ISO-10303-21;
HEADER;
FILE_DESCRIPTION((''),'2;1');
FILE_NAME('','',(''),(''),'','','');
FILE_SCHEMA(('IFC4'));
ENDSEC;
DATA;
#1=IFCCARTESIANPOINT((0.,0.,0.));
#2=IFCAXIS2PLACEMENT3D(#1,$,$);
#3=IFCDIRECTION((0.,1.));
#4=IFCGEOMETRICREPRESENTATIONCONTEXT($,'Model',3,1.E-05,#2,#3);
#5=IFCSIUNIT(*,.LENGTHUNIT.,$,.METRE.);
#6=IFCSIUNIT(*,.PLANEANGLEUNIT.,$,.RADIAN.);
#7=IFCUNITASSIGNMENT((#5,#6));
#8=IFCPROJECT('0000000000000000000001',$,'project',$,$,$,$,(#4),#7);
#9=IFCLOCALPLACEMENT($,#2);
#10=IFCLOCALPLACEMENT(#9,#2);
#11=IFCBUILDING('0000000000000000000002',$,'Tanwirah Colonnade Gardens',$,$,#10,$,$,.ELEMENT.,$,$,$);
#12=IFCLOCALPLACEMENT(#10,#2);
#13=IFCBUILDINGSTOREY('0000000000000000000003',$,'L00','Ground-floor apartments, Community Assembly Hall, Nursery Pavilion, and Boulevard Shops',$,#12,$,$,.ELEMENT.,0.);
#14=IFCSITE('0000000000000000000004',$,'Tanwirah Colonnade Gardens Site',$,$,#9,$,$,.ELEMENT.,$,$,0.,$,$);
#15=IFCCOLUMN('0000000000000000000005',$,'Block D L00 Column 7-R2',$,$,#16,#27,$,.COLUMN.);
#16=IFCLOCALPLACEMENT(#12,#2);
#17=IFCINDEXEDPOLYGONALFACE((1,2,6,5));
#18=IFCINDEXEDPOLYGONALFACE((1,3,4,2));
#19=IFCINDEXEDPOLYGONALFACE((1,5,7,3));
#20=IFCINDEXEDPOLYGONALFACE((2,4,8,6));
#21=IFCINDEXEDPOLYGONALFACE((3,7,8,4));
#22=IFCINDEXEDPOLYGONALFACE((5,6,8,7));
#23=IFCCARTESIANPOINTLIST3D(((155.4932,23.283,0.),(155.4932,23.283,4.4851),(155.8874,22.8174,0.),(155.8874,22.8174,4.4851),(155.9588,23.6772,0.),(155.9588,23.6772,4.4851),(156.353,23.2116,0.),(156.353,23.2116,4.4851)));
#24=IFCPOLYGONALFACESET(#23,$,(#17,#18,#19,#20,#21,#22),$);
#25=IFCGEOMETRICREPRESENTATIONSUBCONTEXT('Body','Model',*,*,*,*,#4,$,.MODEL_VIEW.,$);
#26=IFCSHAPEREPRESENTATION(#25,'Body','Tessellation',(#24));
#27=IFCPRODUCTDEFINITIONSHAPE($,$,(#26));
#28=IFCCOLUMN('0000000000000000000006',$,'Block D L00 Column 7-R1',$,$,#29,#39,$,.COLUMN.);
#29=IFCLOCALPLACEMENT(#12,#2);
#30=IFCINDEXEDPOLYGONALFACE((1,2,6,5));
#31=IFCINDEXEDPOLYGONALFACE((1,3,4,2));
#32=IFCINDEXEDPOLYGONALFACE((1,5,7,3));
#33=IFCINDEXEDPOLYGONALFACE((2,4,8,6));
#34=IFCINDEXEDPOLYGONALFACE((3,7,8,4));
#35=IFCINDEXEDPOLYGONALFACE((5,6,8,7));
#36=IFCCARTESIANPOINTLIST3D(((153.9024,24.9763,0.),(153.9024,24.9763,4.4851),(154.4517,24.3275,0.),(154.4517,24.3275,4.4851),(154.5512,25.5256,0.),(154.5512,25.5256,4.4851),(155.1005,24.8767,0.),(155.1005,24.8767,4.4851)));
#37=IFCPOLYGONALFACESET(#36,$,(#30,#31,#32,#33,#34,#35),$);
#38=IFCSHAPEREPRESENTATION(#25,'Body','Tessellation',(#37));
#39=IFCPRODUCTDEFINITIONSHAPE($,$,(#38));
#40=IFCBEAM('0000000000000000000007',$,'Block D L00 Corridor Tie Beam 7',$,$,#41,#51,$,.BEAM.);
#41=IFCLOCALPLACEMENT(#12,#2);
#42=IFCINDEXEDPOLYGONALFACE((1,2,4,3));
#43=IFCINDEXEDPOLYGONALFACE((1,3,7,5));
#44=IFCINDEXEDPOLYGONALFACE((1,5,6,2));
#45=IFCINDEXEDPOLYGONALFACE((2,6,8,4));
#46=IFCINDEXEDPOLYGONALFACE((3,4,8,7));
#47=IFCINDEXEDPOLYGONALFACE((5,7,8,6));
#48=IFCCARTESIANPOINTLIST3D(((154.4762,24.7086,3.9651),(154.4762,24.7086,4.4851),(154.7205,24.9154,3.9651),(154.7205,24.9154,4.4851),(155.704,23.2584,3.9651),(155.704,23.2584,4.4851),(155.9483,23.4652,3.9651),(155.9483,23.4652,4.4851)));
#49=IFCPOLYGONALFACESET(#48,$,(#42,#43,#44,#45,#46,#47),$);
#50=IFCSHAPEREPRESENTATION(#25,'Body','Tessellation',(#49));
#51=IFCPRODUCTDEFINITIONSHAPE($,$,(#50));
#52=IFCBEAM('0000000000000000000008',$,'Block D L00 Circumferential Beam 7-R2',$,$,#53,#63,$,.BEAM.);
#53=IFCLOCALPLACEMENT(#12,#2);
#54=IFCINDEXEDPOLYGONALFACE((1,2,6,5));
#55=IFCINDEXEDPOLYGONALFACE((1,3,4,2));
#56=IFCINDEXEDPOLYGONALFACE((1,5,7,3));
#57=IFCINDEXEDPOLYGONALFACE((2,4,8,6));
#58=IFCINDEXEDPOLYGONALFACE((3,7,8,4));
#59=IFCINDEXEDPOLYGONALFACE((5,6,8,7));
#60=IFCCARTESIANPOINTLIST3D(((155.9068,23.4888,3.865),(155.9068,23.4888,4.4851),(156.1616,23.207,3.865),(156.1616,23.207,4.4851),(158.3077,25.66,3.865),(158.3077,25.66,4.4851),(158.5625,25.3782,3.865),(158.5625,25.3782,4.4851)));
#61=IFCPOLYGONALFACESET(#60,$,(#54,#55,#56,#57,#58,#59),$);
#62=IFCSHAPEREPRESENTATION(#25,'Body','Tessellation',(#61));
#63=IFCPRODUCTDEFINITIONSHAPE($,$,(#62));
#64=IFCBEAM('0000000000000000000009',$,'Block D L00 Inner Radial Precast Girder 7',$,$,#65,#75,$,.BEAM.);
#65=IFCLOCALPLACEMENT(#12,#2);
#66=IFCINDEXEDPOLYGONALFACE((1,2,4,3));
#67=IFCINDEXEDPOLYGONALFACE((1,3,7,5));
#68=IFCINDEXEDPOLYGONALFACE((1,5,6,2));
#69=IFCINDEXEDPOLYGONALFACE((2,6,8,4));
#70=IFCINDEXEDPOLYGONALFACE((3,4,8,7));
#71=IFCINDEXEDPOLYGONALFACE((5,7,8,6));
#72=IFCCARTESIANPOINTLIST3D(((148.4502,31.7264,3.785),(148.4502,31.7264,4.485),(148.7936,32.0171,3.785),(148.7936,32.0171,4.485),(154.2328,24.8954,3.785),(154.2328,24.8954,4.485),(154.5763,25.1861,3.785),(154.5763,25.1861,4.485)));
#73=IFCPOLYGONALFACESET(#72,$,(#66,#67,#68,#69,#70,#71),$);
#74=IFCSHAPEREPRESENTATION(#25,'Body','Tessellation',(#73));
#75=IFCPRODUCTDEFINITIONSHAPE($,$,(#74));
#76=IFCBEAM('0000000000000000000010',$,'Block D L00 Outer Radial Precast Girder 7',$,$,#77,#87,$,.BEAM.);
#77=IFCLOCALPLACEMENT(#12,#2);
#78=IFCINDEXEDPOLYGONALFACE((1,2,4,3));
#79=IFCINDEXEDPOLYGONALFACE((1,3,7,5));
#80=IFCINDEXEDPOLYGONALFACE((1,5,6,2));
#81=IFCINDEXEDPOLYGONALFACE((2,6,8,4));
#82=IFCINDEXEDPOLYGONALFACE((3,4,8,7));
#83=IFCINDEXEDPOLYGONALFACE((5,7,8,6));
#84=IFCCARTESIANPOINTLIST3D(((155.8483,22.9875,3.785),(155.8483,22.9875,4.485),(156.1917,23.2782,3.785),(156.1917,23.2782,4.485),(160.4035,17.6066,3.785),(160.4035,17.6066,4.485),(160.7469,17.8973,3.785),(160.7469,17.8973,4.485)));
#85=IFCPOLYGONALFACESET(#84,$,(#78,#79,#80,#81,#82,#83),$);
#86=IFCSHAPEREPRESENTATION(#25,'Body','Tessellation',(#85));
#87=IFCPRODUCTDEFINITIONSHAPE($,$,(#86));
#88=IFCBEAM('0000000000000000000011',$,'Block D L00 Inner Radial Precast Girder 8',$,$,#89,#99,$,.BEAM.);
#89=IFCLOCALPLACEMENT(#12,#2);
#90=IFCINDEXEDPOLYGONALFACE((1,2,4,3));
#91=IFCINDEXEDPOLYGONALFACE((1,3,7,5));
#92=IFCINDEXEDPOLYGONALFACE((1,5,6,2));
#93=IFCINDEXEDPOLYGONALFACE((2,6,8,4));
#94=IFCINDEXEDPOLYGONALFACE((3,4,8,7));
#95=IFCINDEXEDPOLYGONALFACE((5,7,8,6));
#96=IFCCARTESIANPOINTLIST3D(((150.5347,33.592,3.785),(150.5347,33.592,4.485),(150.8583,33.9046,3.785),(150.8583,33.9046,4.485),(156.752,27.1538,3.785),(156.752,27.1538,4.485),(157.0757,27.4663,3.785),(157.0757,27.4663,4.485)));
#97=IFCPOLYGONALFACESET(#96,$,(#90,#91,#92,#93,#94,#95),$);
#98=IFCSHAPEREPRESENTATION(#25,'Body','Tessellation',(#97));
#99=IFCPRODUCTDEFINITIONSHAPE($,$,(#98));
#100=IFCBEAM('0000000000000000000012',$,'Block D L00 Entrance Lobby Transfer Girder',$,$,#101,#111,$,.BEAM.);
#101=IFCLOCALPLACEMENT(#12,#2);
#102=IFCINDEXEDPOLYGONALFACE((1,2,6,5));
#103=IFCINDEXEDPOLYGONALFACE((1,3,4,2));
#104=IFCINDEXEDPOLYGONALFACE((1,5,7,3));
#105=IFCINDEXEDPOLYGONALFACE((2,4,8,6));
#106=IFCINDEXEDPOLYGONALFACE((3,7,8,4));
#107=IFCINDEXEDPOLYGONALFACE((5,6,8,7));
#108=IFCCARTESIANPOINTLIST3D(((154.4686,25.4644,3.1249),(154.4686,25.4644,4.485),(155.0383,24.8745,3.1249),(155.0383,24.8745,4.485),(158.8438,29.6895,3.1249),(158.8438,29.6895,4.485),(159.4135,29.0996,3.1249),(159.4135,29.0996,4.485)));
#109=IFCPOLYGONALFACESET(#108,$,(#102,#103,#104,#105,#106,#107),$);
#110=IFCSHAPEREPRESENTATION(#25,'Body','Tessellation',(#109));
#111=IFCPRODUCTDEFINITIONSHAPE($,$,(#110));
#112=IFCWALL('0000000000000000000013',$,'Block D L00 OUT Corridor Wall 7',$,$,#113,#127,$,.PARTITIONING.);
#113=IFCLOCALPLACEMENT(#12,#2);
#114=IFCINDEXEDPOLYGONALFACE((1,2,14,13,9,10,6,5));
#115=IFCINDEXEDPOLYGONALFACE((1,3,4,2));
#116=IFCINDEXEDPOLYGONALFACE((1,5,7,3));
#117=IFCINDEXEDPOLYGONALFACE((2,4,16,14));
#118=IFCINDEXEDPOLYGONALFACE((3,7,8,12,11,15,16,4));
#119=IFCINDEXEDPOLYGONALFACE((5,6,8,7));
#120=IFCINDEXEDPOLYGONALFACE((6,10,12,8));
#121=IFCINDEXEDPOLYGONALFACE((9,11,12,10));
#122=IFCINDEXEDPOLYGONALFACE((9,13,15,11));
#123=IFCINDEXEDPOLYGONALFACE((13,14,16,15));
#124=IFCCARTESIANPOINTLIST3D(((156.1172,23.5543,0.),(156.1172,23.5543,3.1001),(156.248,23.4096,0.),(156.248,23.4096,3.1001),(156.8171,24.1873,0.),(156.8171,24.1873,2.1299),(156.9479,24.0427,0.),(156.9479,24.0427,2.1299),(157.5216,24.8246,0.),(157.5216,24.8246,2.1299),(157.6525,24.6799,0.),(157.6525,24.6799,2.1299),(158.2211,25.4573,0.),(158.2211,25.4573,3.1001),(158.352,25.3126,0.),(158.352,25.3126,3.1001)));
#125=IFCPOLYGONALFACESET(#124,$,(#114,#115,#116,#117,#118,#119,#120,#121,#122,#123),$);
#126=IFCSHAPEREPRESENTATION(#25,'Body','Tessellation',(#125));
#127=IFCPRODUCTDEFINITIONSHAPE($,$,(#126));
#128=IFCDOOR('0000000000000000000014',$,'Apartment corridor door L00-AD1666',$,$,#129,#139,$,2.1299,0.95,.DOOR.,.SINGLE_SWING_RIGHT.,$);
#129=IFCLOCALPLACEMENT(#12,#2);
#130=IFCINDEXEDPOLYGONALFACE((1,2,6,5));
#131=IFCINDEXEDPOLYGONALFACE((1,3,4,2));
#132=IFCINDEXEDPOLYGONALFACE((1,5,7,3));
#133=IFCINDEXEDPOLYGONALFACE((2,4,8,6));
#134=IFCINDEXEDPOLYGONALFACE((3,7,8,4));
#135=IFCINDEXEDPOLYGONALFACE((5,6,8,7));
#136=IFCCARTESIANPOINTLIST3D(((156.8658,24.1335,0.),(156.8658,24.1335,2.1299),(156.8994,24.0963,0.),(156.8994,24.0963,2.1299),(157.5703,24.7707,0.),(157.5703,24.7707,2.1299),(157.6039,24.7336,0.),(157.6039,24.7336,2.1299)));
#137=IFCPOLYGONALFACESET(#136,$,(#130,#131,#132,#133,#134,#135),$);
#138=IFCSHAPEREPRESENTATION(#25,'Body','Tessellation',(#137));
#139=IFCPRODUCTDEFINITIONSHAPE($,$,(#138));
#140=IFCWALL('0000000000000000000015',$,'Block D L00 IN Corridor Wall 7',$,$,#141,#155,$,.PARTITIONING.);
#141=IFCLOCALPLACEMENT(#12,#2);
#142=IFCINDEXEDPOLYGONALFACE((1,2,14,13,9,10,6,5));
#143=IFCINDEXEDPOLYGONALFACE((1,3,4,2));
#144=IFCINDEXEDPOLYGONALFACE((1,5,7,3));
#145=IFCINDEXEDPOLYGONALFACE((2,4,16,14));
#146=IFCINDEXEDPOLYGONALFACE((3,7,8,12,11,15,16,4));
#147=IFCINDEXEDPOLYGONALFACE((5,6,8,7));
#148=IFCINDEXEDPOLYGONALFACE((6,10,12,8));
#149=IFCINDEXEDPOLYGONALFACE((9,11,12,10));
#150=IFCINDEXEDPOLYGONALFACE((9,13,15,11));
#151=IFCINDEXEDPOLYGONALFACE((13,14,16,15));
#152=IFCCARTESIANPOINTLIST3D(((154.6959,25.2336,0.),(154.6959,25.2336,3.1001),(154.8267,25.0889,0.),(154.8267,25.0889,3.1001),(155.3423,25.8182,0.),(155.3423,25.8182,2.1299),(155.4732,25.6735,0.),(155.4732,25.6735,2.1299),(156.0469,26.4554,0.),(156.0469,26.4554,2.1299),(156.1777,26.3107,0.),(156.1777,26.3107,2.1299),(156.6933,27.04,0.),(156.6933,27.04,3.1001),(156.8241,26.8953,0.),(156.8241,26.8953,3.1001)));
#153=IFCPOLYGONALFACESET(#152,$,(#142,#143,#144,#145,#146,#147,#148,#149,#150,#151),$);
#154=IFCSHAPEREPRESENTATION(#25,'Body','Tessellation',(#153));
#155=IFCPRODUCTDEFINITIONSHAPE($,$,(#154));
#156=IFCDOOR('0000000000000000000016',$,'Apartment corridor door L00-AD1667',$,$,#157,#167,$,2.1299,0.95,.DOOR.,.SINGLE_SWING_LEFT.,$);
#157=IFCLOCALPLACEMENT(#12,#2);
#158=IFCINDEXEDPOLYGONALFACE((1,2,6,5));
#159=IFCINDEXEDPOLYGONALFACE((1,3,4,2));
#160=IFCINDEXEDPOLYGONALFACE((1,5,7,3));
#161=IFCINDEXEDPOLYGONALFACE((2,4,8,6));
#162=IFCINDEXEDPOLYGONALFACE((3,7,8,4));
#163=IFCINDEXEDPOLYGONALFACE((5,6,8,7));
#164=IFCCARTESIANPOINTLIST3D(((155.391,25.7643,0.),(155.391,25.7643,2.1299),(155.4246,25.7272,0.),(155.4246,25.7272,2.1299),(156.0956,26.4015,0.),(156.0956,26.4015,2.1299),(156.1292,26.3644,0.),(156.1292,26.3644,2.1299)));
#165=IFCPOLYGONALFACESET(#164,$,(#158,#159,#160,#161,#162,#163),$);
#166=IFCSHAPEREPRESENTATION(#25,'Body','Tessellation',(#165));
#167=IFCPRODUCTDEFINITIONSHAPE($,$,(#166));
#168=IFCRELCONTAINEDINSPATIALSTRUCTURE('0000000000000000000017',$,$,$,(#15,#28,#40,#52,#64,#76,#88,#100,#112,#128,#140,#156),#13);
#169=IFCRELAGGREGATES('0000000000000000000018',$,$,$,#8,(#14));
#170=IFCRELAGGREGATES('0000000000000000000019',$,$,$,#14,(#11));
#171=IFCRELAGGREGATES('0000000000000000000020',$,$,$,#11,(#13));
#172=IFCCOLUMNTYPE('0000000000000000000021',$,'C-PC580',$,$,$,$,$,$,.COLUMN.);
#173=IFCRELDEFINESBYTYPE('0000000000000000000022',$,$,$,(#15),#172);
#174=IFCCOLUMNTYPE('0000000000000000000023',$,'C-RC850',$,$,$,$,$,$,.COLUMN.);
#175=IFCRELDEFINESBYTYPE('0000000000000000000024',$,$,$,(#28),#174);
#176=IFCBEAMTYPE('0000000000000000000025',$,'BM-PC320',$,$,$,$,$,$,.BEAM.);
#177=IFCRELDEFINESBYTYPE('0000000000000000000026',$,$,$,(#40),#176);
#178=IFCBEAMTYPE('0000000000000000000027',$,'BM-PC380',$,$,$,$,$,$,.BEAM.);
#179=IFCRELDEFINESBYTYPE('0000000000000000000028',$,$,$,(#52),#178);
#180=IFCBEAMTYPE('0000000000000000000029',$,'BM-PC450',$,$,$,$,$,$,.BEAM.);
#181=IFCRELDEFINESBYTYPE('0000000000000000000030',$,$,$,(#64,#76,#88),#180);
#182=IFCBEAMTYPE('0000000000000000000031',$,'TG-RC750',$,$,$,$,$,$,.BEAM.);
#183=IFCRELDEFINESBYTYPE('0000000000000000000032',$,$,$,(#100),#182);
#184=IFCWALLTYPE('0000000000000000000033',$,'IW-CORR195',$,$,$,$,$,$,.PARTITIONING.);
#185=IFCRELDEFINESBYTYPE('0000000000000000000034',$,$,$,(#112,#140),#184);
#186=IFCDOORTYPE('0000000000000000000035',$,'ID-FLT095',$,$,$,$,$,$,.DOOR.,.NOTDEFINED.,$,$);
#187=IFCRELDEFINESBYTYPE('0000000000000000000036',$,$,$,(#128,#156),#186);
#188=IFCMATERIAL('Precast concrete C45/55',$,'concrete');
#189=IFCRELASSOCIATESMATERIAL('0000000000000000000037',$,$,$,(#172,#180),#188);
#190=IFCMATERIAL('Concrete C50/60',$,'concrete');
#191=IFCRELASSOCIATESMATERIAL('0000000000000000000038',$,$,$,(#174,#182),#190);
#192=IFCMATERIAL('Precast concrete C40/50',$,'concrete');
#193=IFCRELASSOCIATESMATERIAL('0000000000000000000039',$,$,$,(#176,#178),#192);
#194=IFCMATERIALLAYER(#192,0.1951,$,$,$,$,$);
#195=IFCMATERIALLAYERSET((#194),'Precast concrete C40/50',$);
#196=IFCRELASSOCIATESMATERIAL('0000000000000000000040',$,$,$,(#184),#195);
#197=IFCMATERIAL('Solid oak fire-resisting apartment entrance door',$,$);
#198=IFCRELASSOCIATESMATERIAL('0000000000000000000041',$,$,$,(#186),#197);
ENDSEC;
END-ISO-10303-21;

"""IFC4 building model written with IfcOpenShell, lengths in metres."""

from ifc_helpers import new_model, si_unit, direction, frame, frame_2d, origin, origin_2d, place, context, subcontext, project, spatial, rectangle, extrude, material, layer, layer_set, material_profile, profile_set, type_object, element, fill, save


model = new_model("IFC4")

# Units and contexts
model_context = context("Model", 3, precision=1e-05, world=origin(), true_north=direction((0.0, 1.0)))
body_context = subcontext(model_context, "Body", "Model", "MODEL_VIEW")
ifc_project = project(units=[si_unit("LENGTHUNIT", "METRE"), si_unit("PLANEANGLEUNIT", "RADIAN")], contexts=[model_context])

# Site, building, storey
site_placement = place(None, origin())
site = spatial("IfcSite", under=ifc_project, at=site_placement, Name="Tanwirah Colonnade Gardens Site", CompositionType="ELEMENT", RefElevation=0.0)
building_placement = place(site_placement, origin())
building = spatial("IfcBuilding", under=site, at=building_placement, Name="Tanwirah Colonnade Gardens", CompositionType="ELEMENT")
storey_placement = place(building_placement, origin())
storey = spatial("IfcBuildingStorey", under=building, at=storey_placement, Name="L00", Description="Ground-floor apartments, Community Assembly Hall, Nursery Pavilion, and Boulevard Shops", CompositionType="ELEMENT", Elevation=0.0)

# Columns
ifc_material_1 = material(Name="Precast concrete C45/55", Category="concrete")
ifc_material_profile_1 = material_profile(ifc_material_1, rectangle(XDim=0.6101, YDim=0.6101, at=origin_2d()), Name="PC-COL 610x610")
ifc_profile_set_1 = profile_set([ifc_material_profile_1], Name="Precast concrete C45/55")
column_type_1 = type_object("IfcColumnType", Name="C-PC580", PredefinedType="COLUMN", material=ifc_profile_set_1)
column_1_placement = place(storey_placement, frame((155.9231, 23.2473, 0.0), z_axis=(0.0, 0.0, 1.0), x_axis=(0.646124, -0.763232, 0.0)))
element("IfcColumn", 1, at=column_1_placement, inside=storey, type_object=column_type_1, Name="Block D L00 Column 7-R2", PredefinedType="COLUMN", context=body_context, shape_type="SweptSolid", body=[
    extrude(rectangle(XDim=0.6101, YDim=0.6101, at=origin_2d()), origin(), (0.0, 0.0, 1.0), 4.4851),
])
ifc_material_2 = material(Name="Concrete C50/60", Category="concrete")
ifc_material_profile_2 = material_profile(ifc_material_2, rectangle(XDim=0.8501, YDim=0.8501, at=origin_2d()), Name="RC-COL 850x850")
ifc_profile_set_2 = profile_set([ifc_material_profile_2], Name="Concrete C50/60")
column_type_2 = type_object("IfcColumnType", Name="C-RC850", PredefinedType="COLUMN", material=ifc_profile_set_2)
column_2_placement = place(storey_placement, frame((154.5015, 24.9265, 0.0), z_axis=(0.0, 0.0, 1.0), x_axis=(0.646124, -0.763232, 0.0)))
element("IfcColumn", 2, at=column_2_placement, inside=storey, type_object=column_type_2, Name="Block D L00 Column 7-R1", PredefinedType="COLUMN", context=body_context, shape_type="SweptSolid", body=[
    extrude(rectangle(XDim=0.8501, YDim=0.8501, at=origin_2d()), origin(), (0.0, 0.0, 1.0), 4.4851),
])

# Beams
ifc_material_3 = material(Name="Precast concrete C40/50", Category="concrete")
ifc_material_profile_3 = material_profile(ifc_material_3, rectangle(XDim=0.3201, YDim=0.52, at=origin_2d()), Name="PC-BM 320x520")
ifc_profile_set_3 = profile_set([ifc_material_profile_3], Name="Precast concrete C40/50")
beam_type_1 = type_object("IfcBeamType", Name="BM-PC320", PredefinedType="BEAM", material=ifc_profile_set_3)
beam_1_placement = place(storey_placement, frame((154.5984, 24.812, 4.2251), z_axis=(0.646155, -0.763206, 0.0), x_axis=(0.763206, 0.646155, 0.0)))
element("IfcBeam", 3, at=beam_1_placement, inside=storey, type_object=beam_type_1, Name="Block D L00 Corridor Tie Beam 7", PredefinedType="BEAM", context=body_context, shape_type="SweptSolid", body=[
    extrude(rectangle(XDim=0.3201, YDim=0.52, at=origin_2d()), origin(), (0.0, 0.0, 1.0), 1.9001),
])
ifc_material_profile_4 = material_profile(ifc_material_3, rectangle(XDim=0.3799, YDim=0.6201, at=origin_2d()), Name="PC-BM 380x620")
ifc_profile_set_4 = profile_set([ifc_material_profile_4], Name="Precast concrete C40/50")
beam_type_2 = type_object("IfcBeamType", Name="BM-PC380", PredefinedType="BEAM", material=ifc_profile_set_4)
beam_2_placement = place(storey_placement, frame((156.0342, 23.3479, 4.175), z_axis=(0.741702, 0.67073, 0.0), x_axis=(-0.67073, 0.741702, 0.0)))
element("IfcBeam", 4, at=beam_2_placement, inside=storey, type_object=beam_type_2, Name="Block D L00 Circumferential Beam 7-R2", PredefinedType="BEAM", context=body_context, shape_type="SweptSolid", body=[
    extrude(rectangle(XDim=0.3799, YDim=0.6201, at=origin_2d()), origin(), (0.0, 0.0, 1.0), 3.2371),
])
ifc_material_profile_5 = material_profile(ifc_material_1, rectangle(XDim=0.45, YDim=0.7, at=origin_2d()), Name="PC-BM 450x700")
ifc_profile_set_5 = profile_set([ifc_material_profile_5], Name="Precast concrete C45/55")
beam_type_3 = type_object("IfcBeamType", Name="BM-PC450", PredefinedType="BEAM", material=ifc_profile_set_5)
beam_3_placement = place(storey_placement, frame((154.4045, 25.0408, 4.135), z_axis=(-0.646111, 0.763243, 0.0), x_axis=(-0.763243, -0.646111, 0.0)))
element("IfcBeam", 5, at=beam_3_placement, inside=storey, type_object=beam_type_3, Name="Block D L00 Inner Radial Precast Girder 7", PredefinedType="BEAM", context=body_context, shape_type="SweptSolid", body=[
    extrude(rectangle(XDim=0.45, YDim=0.7, at=origin_2d()), origin(), (0.0, 0.0, 1.0), 8.95),
])
beam_4_placement = place(storey_placement, frame((156.02, 23.1328, 4.135), z_axis=(0.646119, -0.763237, 0.0), x_axis=(0.763237, 0.646119, 0.0)))
element("IfcBeam", 6, at=beam_4_placement, inside=storey, type_object=beam_type_3, Name="Block D L00 Outer Radial Precast Girder 7", PredefinedType="BEAM", context=body_context, shape_type="SweptSolid", body=[
    extrude(rectangle(XDim=0.45, YDim=0.7, at=origin_2d()), origin(), (0.0, 0.0, 1.0), 7.05),
])
beam_5_placement = place(storey_placement, frame((156.9138, 27.3101, 4.135), z_axis=(-0.694656, 0.719342, 0.0), x_axis=(-0.719342, -0.694656, 0.0)))
element("IfcBeam", 7, at=beam_5_placement, inside=storey, type_object=beam_type_3, Name="Block D L00 Inner Radial Precast Girder 8", PredefinedType="BEAM", context=body_context, shape_type="SweptSolid", body=[
    extrude(rectangle(XDim=0.45, YDim=0.7, at=origin_2d()), origin(), (0.0, 0.0, 1.0), 8.9502),
])
ifc_material_profile_6 = material_profile(ifc_material_2, rectangle(XDim=0.8201, YDim=1.3601, at=origin_2d()), Name="RC-TG 820x1360")
ifc_profile_set_6 = profile_set([ifc_material_profile_6], Name="Concrete C50/60")
beam_type_4 = type_object("IfcBeamType", Name="TG-RC750", PredefinedType="BEAM", material=ifc_profile_set_6)
beam_6_placement = place(storey_placement, frame((154.7534, 25.1694, 3.8049), z_axis=(0.719342, 0.694656, 0.0), x_axis=(-0.694656, 0.719342, 0.0)))
element("IfcBeam", 8, at=beam_6_placement, inside=storey, type_object=beam_type_4, Name="Block D L00 Entrance Lobby Transfer Girder", PredefinedType="BEAM", context=body_context, shape_type="SweptSolid", body=[
    extrude(rectangle(XDim=0.8201, YDim=1.3601, at=origin_2d()), origin(), (0.0, 0.0, 1.0), 6.0823),
])

# Walls, openings, doors
ifc_layer_1 = layer(ifc_material_3, 0.1951)
ifc_layer_set_1 = layer_set([ifc_layer_1], Name="Precast concrete C40/50")
wall_type_1 = type_object("IfcWallType", Name="IW-CORR195", PredefinedType="PARTITIONING", material=ifc_layer_set_1)
wall_1_placement = place(storey_placement, frame((156.1826, 23.4819, 0.0), z_axis=(0.0, 0.0, 1.0), x_axis=(0.741632, 0.670807, 0.0)))
wall_1 = element("IfcWall", 9, at=wall_1_placement, inside=storey, type_object=wall_type_1, Name="Block D L00 OUT Corridor Wall 7", PredefinedType="PARTITIONING", context=body_context, shape_type="SweptSolid", body=[
    extrude(rectangle(XDim=2.8369, YDim=0.1951, at=frame_2d((1.4185, 0.0))), origin(), (0.0, 0.0, 1.0), 3.1001),
])
opening_1_placement = place(wall_1_placement, frame((0.9436, 0.0, 0.0)))
opening_1 = element("IfcOpeningElement", 10, at=opening_1_placement, cuts=wall_1, PredefinedType="OPENING", context=body_context, shape_type="SweptSolid", body=[
    extrude(rectangle(XDim=0.95, YDim=2.1299, at=frame_2d((0.4751, 1.0649))), frame((0.0, 0.1074, 0.0), z_axis=(0.0, -1.0, 0.0), x_axis=(1.0, 0.0, 0.0)), (0.0, 0.0, 1.0), 0.2151),
])
ifc_material_4 = material(Name="Solid oak fire-resisting apartment entrance door")
door_type_1 = type_object("IfcDoorType", Name="ID-FLT095", OperationType="NOTDEFINED", PredefinedType="DOOR", material=ifc_material_4)
door_1_placement = place(opening_1_placement, origin())
door_1 = element("IfcDoor", 11, at=door_1_placement, inside=storey, type_object=door_type_1, Name="Apartment corridor door L00-AD1666", OperationType="SINGLE_SWING_RIGHT", OverallHeight=2.1299, OverallWidth=0.95, PredefinedType="DOOR", context=body_context, shape_type="SweptSolid", body=[
    extrude(rectangle(XDim=0.95, YDim=2.1299, at=frame_2d((0.4751, 1.0649))), frame((0.0, 0.0249, 0.0), z_axis=(0.0, -1.0, 0.0), x_axis=(1.0, 0.0, 0.0)), (0.0, 0.0, 1.0), 0.05),
])
fill(opening_1, door_1)
wall_2_placement = place(storey_placement, frame((154.7612, 25.1611, 0.0), z_axis=(0.0, 0.0, 1.0), x_axis=(0.741665, 0.670771, 0.0)))
wall_2 = element("IfcWall", 12, at=wall_2_placement, inside=storey, type_object=wall_type_1, Name="Block D L00 IN Corridor Wall 7", PredefinedType="PARTITIONING", context=body_context, shape_type="SweptSolid", body=[
    extrude(rectangle(XDim=2.6931, YDim=0.1951, at=frame_2d((1.3467, 0.0))), origin(), (0.0, 0.0, 1.0), 3.1001),
])
opening_2_placement = place(wall_2_placement, frame((0.8716, 0.0, 0.0)))
opening_2 = element("IfcOpeningElement", 13, at=opening_2_placement, cuts=wall_2, PredefinedType="OPENING", context=body_context, shape_type="SweptSolid", body=[
    extrude(rectangle(XDim=0.95, YDim=2.1299, at=frame_2d((0.4751, 1.0649))), frame((0.0, 0.1074, 0.0), z_axis=(0.0, -1.0, 0.0), x_axis=(1.0, 0.0, 0.0)), (0.0, 0.0, 1.0), 0.2151),
])
door_2_placement = place(opening_2_placement, origin())
door_2 = element("IfcDoor", 14, at=door_2_placement, inside=storey, type_object=door_type_1, Name="Apartment corridor door L00-AD1667", OperationType="SINGLE_SWING_LEFT", OverallHeight=2.1299, OverallWidth=0.95, PredefinedType="DOOR", context=body_context, shape_type="SweptSolid", body=[
    extrude(rectangle(XDim=0.95, YDim=2.1299, at=frame_2d((0.4751, 1.0649))), frame((0.0, 0.0249, 0.0), z_axis=(0.0, -1.0, 0.0), x_axis=(1.0, 0.0, 0.0)), (0.0, 0.0, 1.0), 0.05),
])
fill(opening_2, door_2)

save(model, "model.ifc")
